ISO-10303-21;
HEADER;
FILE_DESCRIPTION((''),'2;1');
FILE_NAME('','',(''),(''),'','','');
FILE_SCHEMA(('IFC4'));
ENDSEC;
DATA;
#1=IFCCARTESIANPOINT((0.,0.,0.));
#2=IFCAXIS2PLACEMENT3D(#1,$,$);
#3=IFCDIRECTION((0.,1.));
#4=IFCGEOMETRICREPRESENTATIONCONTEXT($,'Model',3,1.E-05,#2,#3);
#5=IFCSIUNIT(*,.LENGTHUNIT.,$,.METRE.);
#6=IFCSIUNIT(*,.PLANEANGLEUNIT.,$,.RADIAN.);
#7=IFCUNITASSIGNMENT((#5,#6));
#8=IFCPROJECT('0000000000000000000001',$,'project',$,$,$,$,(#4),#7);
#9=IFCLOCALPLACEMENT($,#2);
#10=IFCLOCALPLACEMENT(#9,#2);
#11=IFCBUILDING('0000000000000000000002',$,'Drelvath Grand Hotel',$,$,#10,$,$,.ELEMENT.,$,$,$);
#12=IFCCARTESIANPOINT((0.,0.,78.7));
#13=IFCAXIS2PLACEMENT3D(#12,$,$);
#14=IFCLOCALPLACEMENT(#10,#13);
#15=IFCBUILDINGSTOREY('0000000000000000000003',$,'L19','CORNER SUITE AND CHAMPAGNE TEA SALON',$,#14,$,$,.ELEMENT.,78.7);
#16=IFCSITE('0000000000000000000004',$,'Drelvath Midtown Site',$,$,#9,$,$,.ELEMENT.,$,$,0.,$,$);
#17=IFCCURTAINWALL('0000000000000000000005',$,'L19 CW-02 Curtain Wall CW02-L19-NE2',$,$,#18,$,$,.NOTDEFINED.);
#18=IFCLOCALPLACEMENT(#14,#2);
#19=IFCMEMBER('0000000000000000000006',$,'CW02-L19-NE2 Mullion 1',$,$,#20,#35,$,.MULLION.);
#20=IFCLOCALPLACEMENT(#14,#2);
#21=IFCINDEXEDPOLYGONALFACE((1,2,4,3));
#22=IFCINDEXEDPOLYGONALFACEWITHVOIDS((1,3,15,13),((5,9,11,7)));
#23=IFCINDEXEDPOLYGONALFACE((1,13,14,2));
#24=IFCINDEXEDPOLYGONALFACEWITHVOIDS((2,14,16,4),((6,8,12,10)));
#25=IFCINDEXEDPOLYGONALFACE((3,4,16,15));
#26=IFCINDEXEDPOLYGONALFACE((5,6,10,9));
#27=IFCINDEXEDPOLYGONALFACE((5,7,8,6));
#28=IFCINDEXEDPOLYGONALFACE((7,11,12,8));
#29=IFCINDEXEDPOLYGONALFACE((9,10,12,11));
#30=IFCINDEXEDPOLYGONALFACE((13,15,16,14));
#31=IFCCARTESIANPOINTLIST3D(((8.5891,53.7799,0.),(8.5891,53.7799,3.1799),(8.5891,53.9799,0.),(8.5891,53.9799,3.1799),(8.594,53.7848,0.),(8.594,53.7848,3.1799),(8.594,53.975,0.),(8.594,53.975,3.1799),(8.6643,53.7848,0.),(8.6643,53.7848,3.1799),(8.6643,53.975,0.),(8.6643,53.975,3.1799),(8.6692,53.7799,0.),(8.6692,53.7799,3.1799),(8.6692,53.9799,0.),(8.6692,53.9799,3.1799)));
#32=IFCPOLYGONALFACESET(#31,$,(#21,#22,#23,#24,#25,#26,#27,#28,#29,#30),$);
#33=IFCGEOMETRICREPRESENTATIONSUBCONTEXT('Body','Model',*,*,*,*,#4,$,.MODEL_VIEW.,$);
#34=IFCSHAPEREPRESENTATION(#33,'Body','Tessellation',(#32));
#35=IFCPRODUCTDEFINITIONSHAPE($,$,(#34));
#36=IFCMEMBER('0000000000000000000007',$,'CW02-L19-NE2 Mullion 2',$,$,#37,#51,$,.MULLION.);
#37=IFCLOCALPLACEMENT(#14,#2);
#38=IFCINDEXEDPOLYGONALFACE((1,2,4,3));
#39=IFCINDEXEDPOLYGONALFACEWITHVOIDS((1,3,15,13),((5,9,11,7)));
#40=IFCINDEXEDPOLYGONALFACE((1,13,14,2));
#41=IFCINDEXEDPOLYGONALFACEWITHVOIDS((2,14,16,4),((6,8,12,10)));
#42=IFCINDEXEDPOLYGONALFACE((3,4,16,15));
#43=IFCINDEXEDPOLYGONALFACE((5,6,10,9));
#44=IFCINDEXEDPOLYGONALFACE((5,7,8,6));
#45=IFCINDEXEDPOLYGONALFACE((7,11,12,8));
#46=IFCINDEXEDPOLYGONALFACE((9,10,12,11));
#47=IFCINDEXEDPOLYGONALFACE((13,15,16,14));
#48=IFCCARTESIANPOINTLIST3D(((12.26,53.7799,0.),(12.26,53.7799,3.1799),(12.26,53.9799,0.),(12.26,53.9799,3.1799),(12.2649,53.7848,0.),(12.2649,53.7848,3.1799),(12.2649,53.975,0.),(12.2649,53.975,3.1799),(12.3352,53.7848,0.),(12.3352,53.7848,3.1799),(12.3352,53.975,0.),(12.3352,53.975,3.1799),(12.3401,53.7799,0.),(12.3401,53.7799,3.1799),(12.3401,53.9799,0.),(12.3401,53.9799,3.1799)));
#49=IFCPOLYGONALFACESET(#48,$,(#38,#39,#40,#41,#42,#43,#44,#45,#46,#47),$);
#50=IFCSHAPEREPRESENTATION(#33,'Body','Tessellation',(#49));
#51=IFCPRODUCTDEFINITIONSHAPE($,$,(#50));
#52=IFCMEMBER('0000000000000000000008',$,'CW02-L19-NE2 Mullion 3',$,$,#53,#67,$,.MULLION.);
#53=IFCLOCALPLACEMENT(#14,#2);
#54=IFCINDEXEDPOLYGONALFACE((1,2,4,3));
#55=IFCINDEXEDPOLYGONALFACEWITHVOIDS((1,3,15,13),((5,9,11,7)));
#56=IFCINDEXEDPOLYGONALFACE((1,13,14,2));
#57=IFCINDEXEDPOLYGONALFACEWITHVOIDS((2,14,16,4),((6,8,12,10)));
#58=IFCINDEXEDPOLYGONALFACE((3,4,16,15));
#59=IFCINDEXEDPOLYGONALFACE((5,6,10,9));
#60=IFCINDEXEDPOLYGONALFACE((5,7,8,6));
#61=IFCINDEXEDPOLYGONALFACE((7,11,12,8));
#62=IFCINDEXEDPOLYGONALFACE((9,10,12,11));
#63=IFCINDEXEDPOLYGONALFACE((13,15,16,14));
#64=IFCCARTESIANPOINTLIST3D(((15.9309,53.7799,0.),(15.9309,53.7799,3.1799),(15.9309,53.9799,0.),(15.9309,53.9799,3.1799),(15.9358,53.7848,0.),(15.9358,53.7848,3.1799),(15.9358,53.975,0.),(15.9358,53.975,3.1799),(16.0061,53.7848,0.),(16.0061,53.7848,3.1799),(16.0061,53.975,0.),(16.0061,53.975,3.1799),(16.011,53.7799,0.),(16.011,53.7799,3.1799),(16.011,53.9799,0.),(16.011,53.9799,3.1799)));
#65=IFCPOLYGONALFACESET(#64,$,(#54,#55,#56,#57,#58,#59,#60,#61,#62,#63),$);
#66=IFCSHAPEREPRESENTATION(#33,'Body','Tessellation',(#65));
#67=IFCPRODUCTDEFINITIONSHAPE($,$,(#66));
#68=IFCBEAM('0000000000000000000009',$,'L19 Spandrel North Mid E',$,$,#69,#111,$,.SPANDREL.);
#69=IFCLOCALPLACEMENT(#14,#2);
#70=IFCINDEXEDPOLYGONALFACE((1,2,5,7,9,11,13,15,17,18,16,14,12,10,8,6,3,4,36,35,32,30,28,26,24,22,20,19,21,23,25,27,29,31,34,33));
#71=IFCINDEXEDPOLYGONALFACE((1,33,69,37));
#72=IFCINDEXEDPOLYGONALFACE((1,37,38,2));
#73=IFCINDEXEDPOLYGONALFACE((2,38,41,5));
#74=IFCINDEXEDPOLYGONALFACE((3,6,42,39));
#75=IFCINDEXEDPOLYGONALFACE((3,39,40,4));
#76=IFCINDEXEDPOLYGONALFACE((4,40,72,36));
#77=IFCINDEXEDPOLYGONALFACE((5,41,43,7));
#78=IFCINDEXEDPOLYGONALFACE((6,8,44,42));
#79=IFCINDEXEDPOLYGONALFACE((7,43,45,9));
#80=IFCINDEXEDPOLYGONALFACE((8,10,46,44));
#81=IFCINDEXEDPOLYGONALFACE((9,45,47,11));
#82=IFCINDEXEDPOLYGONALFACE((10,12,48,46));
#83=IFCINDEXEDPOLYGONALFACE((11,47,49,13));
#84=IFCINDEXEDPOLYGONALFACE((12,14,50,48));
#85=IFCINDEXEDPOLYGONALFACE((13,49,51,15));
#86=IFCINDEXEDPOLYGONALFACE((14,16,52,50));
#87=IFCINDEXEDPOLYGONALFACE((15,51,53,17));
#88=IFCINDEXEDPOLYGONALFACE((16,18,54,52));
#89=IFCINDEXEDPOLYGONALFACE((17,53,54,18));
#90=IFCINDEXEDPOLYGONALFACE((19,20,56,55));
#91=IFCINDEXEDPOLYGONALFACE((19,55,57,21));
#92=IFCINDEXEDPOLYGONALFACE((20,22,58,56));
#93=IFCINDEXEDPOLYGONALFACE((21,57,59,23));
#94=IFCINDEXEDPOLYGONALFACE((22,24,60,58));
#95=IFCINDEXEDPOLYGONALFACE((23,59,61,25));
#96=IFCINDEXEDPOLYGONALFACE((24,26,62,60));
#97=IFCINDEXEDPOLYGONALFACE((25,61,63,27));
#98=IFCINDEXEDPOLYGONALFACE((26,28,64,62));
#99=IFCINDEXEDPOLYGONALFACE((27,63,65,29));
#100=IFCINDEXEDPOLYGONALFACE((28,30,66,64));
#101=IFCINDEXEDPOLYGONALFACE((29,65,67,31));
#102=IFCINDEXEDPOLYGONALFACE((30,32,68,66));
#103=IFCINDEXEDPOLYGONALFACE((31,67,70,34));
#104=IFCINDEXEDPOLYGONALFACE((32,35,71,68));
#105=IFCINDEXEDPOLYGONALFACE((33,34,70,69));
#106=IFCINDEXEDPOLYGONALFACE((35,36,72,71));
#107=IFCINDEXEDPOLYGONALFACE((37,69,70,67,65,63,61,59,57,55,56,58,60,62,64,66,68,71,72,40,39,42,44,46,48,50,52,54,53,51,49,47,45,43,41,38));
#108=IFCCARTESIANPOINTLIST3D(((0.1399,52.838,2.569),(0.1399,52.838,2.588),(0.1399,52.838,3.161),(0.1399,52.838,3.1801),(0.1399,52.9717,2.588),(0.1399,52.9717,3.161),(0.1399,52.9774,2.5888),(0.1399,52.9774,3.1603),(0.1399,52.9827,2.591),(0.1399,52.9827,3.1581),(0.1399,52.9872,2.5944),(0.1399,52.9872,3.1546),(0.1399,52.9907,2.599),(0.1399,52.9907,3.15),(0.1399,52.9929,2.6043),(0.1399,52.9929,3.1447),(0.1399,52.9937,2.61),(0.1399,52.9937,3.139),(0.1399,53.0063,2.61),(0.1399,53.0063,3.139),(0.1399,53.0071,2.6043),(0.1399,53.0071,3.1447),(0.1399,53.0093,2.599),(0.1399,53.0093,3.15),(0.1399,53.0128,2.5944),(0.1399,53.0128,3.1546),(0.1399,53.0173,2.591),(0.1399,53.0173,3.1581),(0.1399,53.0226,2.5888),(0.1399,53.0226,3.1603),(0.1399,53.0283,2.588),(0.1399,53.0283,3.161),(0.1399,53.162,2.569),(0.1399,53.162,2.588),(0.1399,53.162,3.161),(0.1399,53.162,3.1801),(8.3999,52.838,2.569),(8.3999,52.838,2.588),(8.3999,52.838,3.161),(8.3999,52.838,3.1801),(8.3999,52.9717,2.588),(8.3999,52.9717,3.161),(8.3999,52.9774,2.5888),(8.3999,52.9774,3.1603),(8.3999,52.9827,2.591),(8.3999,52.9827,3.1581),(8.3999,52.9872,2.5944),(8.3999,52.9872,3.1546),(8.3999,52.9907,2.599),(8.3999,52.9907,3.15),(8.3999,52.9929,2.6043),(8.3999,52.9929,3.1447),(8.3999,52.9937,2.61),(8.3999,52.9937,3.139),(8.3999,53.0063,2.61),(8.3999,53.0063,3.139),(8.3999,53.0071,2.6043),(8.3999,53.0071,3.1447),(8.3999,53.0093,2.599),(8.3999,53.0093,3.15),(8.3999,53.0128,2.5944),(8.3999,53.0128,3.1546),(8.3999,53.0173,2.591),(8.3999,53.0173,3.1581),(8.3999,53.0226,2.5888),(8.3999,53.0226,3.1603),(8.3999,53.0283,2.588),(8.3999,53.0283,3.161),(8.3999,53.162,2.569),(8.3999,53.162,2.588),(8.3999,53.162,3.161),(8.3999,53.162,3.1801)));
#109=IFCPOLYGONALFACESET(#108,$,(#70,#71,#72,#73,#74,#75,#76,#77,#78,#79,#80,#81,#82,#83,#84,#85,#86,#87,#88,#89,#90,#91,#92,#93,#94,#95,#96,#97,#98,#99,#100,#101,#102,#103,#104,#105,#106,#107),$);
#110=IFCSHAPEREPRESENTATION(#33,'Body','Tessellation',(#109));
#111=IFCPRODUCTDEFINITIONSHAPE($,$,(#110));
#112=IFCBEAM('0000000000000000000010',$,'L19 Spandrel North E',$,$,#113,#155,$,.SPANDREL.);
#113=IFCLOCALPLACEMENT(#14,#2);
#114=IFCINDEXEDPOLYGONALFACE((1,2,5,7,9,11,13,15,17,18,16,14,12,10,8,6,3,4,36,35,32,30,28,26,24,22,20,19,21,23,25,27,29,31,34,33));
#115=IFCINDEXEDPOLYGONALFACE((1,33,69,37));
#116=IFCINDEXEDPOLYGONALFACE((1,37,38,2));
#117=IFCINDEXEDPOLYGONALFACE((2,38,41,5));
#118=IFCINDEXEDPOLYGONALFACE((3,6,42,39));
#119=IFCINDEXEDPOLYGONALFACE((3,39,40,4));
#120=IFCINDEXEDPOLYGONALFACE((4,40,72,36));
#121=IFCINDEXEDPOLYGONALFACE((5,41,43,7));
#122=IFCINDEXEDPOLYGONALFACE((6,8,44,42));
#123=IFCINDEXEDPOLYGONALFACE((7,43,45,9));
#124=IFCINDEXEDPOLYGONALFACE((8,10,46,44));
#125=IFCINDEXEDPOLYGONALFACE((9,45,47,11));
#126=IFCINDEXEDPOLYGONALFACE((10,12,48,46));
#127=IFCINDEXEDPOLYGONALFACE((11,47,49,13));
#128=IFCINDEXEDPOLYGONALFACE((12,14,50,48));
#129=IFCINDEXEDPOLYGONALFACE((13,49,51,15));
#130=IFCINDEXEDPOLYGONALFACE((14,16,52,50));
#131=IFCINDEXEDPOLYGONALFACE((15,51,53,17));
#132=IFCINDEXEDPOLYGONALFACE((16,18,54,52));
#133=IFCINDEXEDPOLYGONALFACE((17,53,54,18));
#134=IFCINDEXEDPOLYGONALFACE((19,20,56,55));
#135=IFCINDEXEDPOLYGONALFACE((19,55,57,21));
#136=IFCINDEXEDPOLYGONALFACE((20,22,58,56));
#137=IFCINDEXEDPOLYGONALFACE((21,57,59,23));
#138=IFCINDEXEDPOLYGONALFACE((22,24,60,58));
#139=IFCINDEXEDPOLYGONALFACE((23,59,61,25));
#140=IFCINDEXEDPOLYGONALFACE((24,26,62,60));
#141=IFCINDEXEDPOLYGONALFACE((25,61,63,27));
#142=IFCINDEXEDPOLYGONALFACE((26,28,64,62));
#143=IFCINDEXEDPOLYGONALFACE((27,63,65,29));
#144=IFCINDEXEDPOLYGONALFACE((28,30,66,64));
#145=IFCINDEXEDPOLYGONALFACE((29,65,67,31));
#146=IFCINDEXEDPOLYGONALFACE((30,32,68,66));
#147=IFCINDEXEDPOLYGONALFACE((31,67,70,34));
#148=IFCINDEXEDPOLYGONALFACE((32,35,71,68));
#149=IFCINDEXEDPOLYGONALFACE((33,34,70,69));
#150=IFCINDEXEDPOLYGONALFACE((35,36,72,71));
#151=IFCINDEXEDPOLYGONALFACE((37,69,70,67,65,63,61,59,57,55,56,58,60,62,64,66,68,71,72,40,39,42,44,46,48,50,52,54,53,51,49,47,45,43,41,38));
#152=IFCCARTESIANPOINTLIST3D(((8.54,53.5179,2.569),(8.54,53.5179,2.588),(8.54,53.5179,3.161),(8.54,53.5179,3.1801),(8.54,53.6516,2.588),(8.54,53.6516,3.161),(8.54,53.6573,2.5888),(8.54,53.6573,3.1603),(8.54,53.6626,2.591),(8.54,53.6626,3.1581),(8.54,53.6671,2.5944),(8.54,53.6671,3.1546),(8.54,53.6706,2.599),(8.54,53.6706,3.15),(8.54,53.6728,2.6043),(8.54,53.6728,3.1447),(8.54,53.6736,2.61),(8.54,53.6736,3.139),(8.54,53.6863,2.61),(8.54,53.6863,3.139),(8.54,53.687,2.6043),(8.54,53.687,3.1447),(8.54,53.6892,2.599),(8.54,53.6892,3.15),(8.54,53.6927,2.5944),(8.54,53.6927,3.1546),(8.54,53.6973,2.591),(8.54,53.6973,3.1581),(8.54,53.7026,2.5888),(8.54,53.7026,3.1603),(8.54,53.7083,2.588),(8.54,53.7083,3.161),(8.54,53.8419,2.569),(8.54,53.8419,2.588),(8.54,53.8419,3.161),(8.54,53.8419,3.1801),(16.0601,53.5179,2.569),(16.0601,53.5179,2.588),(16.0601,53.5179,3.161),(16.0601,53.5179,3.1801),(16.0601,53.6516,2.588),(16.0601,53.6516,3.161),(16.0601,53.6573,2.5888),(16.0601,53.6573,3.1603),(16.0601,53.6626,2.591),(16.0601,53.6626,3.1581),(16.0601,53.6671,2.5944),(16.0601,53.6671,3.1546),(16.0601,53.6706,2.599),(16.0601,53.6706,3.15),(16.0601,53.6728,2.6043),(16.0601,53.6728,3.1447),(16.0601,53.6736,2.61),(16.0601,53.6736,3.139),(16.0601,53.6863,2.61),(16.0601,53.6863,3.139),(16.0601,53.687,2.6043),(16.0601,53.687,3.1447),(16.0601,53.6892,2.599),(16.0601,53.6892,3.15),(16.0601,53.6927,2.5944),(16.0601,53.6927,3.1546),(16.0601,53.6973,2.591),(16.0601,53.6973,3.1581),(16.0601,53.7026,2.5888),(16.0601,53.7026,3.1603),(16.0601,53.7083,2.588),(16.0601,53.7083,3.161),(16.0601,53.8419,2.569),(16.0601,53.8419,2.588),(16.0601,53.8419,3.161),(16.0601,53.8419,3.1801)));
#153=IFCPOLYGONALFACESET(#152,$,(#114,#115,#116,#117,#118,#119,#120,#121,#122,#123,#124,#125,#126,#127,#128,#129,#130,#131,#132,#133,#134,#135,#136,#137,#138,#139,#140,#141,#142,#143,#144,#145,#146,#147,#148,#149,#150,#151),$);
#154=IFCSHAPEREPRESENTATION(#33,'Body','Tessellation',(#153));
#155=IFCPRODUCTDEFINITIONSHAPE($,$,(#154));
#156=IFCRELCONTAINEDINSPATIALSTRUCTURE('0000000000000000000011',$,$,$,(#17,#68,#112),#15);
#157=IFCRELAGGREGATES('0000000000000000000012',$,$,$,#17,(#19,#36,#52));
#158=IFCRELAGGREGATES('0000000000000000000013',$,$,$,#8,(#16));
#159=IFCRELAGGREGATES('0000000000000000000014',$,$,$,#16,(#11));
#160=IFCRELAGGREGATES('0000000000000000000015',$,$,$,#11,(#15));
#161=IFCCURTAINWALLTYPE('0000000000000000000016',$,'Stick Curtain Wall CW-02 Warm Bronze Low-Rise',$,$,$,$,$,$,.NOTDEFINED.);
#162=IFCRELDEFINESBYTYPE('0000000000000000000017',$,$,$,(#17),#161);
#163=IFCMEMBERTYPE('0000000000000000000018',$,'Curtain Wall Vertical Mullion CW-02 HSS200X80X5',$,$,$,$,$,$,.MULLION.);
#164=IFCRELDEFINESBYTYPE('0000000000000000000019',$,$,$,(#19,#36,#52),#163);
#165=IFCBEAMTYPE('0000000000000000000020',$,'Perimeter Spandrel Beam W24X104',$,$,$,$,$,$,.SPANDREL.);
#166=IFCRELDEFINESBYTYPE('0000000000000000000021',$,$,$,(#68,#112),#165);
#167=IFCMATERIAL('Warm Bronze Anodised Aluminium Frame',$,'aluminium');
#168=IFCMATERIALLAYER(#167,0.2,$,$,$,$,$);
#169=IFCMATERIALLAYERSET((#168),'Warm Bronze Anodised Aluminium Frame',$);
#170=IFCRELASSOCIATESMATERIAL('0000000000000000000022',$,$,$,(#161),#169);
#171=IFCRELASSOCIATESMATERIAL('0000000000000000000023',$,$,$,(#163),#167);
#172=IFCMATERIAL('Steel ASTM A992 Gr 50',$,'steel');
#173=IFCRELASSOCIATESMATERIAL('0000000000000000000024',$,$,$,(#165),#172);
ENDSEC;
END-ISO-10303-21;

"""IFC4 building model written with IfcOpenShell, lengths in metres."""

from ifc_helpers import new_model, si_unit, direction, frame, origin, origin_2d, place, context, subcontext, project, spatial, hollow_rectangle, i_section, extrude, material, layer, layer_set, material_profile, profile_set, type_object, element, aggregate, save


model = new_model("IFC4")

# Units and contexts
model_context = context("Model", 3, precision=1e-05, world=origin(), true_north=direction((0.0, 1.0)))
body_context = subcontext(model_context, "Body", "Model", "MODEL_VIEW")
ifc_project = project(units=[si_unit("LENGTHUNIT", "METRE"), si_unit("PLANEANGLEUNIT", "RADIAN")], contexts=[model_context])

# Site, building, storey
site_placement = place(None, origin())
site = spatial("IfcSite", under=ifc_project, at=site_placement, Name="Drelvath Midtown Site", CompositionType="ELEMENT", RefElevation=0.0)
building_placement = place(site_placement, origin())
building = spatial("IfcBuilding", under=site, at=building_placement, Name="Drelvath Grand Hotel", CompositionType="ELEMENT")
storey_placement = place(building_placement, frame((0.0, 0.0, 78.7)))
storey = spatial("IfcBuildingStorey", under=building, at=storey_placement, Name="L19", Description="CORNER SUITE AND CHAMPAGNE TEA SALON", CompositionType="ELEMENT", Elevation=78.7)

# Curtain wall
ifc_material_1 = material(Name="Warm Bronze Anodised Aluminium Frame", Category="aluminium")
ifc_layer_1 = layer(ifc_material_1, 0.2)
ifc_layer_set_1 = layer_set([ifc_layer_1], Name="Warm Bronze Anodised Aluminium Frame")
curtain_wall_type = type_object("IfcCurtainWallType", Name="Stick Curtain Wall CW-02 Warm Bronze Low-Rise", PredefinedType="NOTDEFINED", material=ifc_layer_set_1)
curtain_wall_1_placement = place(storey_placement, origin())
curtain_wall_1 = element("IfcCurtainWall", 1, at=curtain_wall_1_placement, inside=storey, type_object=curtain_wall_type, Name="L19 CW-02 Curtain Wall CW02-L19-NE2", PredefinedType="NOTDEFINED")

# Members
ifc_material_profile_1 = material_profile(ifc_material_1, hollow_rectangle(XDim=0.0801, YDim=0.2, WallThickness=0.0049, at=origin_2d()), Name="HSS200X80X5")
ifc_profile_set_1 = profile_set([ifc_material_profile_1], Name="Warm Bronze Anodised Aluminium Frame")
member_type_1 = type_object("IfcMemberType", Name="Curtain Wall Vertical Mullion CW-02 HSS200X80X5", PredefinedType="MULLION", material=ifc_profile_set_1)
member_1_placement = place(storey_placement, frame((8.6292, 53.8799, 0.0), z_axis=(0.0, 0.0, 1.0), x_axis=(1.0, 0.0, 0.0)))
member_1 = element("IfcMember", 2, at=member_1_placement, type_object=member_type_1, Name="CW02-L19-NE2 Mullion 1", PredefinedType="MULLION", context=body_context, shape_type="SweptSolid", body=[
    extrude(hollow_rectangle(XDim=0.0801, YDim=0.2, WallThickness=0.0049, at=origin_2d()), origin(), (0.0, 0.0, 1.0), 3.1799),
])
member_2_placement = place(storey_placement, frame((12.3, 53.8799, 0.0), z_axis=(0.0, 0.0, 1.0), x_axis=(1.0, 0.0, 0.0)))
member_2 = element("IfcMember", 3, at=member_2_placement, type_object=member_type_1, Name="CW02-L19-NE2 Mullion 2", PredefinedType="MULLION", context=body_context, shape_type="SweptSolid", body=[
    extrude(hollow_rectangle(XDim=0.0801, YDim=0.2, WallThickness=0.0049, at=origin_2d()), origin(), (0.0, 0.0, 1.0), 3.1799),
])
member_3_placement = place(storey_placement, frame((15.9709, 53.8799, 0.0), z_axis=(0.0, 0.0, 1.0), x_axis=(1.0, 0.0, 0.0)))
member_3 = element("IfcMember", 4, at=member_3_placement, type_object=member_type_1, Name="CW02-L19-NE2 Mullion 3", PredefinedType="MULLION", context=body_context, shape_type="SweptSolid", body=[
    extrude(hollow_rectangle(XDim=0.0801, YDim=0.2, WallThickness=0.0049, at=origin_2d()), origin(), (0.0, 0.0, 1.0), 3.1799),
])

# Beams
ifc_material_2 = material(Name="Steel ASTM A992 Gr 50", Category="steel")
ifc_material_profile_2 = material_profile(ifc_material_2, i_section(OverallWidth=0.324, OverallDepth=0.6111, WebThickness=0.0127, FlangeThickness=0.019, FilletRadius=0.022, at=origin_2d()), Name="W24X104")
ifc_profile_set_2 = profile_set([ifc_material_profile_2], Name="Steel ASTM A992 Gr 50")
beam_type_1 = type_object("IfcBeamType", Name="Perimeter Spandrel Beam W24X104", PredefinedType="SPANDREL", material=ifc_profile_set_2)
beam_1_placement = place(storey_placement, frame((0.1399, 53.0, 2.8745), z_axis=(1.0, 0.0, 0.0), x_axis=(0.0, 1.0, 0.0)))
element("IfcBeam", 5, at=beam_1_placement, inside=storey, type_object=beam_type_1, Name="L19 Spandrel North Mid E", PredefinedType="SPANDREL", context=body_context, shape_type="SweptSolid", body=[
    extrude(i_section(OverallWidth=0.324, OverallDepth=0.6111, WebThickness=0.0127, FlangeThickness=0.019, FilletRadius=0.022, at=origin_2d()), origin(), (0.0, 0.0, 1.0), 8.26),
])
beam_2_placement = place(storey_placement, frame((8.54, 53.6799, 2.8745), z_axis=(1.0, 0.0, 0.0), x_axis=(0.0, 1.0, 0.0)))
element("IfcBeam", 6, at=beam_2_placement, inside=storey, type_object=beam_type_1, Name="L19 Spandrel North E", PredefinedType="SPANDREL", context=body_context, shape_type="SweptSolid", body=[
    extrude(i_section(OverallWidth=0.324, OverallDepth=0.6111, WebThickness=0.0127, FlangeThickness=0.019, FilletRadius=0.022, at=origin_2d()), origin(), (0.0, 0.0, 1.0), 7.52),
])

aggregate(curtain_wall_1, [member_1, member_2, member_3])

save(model, "model.ifc")
